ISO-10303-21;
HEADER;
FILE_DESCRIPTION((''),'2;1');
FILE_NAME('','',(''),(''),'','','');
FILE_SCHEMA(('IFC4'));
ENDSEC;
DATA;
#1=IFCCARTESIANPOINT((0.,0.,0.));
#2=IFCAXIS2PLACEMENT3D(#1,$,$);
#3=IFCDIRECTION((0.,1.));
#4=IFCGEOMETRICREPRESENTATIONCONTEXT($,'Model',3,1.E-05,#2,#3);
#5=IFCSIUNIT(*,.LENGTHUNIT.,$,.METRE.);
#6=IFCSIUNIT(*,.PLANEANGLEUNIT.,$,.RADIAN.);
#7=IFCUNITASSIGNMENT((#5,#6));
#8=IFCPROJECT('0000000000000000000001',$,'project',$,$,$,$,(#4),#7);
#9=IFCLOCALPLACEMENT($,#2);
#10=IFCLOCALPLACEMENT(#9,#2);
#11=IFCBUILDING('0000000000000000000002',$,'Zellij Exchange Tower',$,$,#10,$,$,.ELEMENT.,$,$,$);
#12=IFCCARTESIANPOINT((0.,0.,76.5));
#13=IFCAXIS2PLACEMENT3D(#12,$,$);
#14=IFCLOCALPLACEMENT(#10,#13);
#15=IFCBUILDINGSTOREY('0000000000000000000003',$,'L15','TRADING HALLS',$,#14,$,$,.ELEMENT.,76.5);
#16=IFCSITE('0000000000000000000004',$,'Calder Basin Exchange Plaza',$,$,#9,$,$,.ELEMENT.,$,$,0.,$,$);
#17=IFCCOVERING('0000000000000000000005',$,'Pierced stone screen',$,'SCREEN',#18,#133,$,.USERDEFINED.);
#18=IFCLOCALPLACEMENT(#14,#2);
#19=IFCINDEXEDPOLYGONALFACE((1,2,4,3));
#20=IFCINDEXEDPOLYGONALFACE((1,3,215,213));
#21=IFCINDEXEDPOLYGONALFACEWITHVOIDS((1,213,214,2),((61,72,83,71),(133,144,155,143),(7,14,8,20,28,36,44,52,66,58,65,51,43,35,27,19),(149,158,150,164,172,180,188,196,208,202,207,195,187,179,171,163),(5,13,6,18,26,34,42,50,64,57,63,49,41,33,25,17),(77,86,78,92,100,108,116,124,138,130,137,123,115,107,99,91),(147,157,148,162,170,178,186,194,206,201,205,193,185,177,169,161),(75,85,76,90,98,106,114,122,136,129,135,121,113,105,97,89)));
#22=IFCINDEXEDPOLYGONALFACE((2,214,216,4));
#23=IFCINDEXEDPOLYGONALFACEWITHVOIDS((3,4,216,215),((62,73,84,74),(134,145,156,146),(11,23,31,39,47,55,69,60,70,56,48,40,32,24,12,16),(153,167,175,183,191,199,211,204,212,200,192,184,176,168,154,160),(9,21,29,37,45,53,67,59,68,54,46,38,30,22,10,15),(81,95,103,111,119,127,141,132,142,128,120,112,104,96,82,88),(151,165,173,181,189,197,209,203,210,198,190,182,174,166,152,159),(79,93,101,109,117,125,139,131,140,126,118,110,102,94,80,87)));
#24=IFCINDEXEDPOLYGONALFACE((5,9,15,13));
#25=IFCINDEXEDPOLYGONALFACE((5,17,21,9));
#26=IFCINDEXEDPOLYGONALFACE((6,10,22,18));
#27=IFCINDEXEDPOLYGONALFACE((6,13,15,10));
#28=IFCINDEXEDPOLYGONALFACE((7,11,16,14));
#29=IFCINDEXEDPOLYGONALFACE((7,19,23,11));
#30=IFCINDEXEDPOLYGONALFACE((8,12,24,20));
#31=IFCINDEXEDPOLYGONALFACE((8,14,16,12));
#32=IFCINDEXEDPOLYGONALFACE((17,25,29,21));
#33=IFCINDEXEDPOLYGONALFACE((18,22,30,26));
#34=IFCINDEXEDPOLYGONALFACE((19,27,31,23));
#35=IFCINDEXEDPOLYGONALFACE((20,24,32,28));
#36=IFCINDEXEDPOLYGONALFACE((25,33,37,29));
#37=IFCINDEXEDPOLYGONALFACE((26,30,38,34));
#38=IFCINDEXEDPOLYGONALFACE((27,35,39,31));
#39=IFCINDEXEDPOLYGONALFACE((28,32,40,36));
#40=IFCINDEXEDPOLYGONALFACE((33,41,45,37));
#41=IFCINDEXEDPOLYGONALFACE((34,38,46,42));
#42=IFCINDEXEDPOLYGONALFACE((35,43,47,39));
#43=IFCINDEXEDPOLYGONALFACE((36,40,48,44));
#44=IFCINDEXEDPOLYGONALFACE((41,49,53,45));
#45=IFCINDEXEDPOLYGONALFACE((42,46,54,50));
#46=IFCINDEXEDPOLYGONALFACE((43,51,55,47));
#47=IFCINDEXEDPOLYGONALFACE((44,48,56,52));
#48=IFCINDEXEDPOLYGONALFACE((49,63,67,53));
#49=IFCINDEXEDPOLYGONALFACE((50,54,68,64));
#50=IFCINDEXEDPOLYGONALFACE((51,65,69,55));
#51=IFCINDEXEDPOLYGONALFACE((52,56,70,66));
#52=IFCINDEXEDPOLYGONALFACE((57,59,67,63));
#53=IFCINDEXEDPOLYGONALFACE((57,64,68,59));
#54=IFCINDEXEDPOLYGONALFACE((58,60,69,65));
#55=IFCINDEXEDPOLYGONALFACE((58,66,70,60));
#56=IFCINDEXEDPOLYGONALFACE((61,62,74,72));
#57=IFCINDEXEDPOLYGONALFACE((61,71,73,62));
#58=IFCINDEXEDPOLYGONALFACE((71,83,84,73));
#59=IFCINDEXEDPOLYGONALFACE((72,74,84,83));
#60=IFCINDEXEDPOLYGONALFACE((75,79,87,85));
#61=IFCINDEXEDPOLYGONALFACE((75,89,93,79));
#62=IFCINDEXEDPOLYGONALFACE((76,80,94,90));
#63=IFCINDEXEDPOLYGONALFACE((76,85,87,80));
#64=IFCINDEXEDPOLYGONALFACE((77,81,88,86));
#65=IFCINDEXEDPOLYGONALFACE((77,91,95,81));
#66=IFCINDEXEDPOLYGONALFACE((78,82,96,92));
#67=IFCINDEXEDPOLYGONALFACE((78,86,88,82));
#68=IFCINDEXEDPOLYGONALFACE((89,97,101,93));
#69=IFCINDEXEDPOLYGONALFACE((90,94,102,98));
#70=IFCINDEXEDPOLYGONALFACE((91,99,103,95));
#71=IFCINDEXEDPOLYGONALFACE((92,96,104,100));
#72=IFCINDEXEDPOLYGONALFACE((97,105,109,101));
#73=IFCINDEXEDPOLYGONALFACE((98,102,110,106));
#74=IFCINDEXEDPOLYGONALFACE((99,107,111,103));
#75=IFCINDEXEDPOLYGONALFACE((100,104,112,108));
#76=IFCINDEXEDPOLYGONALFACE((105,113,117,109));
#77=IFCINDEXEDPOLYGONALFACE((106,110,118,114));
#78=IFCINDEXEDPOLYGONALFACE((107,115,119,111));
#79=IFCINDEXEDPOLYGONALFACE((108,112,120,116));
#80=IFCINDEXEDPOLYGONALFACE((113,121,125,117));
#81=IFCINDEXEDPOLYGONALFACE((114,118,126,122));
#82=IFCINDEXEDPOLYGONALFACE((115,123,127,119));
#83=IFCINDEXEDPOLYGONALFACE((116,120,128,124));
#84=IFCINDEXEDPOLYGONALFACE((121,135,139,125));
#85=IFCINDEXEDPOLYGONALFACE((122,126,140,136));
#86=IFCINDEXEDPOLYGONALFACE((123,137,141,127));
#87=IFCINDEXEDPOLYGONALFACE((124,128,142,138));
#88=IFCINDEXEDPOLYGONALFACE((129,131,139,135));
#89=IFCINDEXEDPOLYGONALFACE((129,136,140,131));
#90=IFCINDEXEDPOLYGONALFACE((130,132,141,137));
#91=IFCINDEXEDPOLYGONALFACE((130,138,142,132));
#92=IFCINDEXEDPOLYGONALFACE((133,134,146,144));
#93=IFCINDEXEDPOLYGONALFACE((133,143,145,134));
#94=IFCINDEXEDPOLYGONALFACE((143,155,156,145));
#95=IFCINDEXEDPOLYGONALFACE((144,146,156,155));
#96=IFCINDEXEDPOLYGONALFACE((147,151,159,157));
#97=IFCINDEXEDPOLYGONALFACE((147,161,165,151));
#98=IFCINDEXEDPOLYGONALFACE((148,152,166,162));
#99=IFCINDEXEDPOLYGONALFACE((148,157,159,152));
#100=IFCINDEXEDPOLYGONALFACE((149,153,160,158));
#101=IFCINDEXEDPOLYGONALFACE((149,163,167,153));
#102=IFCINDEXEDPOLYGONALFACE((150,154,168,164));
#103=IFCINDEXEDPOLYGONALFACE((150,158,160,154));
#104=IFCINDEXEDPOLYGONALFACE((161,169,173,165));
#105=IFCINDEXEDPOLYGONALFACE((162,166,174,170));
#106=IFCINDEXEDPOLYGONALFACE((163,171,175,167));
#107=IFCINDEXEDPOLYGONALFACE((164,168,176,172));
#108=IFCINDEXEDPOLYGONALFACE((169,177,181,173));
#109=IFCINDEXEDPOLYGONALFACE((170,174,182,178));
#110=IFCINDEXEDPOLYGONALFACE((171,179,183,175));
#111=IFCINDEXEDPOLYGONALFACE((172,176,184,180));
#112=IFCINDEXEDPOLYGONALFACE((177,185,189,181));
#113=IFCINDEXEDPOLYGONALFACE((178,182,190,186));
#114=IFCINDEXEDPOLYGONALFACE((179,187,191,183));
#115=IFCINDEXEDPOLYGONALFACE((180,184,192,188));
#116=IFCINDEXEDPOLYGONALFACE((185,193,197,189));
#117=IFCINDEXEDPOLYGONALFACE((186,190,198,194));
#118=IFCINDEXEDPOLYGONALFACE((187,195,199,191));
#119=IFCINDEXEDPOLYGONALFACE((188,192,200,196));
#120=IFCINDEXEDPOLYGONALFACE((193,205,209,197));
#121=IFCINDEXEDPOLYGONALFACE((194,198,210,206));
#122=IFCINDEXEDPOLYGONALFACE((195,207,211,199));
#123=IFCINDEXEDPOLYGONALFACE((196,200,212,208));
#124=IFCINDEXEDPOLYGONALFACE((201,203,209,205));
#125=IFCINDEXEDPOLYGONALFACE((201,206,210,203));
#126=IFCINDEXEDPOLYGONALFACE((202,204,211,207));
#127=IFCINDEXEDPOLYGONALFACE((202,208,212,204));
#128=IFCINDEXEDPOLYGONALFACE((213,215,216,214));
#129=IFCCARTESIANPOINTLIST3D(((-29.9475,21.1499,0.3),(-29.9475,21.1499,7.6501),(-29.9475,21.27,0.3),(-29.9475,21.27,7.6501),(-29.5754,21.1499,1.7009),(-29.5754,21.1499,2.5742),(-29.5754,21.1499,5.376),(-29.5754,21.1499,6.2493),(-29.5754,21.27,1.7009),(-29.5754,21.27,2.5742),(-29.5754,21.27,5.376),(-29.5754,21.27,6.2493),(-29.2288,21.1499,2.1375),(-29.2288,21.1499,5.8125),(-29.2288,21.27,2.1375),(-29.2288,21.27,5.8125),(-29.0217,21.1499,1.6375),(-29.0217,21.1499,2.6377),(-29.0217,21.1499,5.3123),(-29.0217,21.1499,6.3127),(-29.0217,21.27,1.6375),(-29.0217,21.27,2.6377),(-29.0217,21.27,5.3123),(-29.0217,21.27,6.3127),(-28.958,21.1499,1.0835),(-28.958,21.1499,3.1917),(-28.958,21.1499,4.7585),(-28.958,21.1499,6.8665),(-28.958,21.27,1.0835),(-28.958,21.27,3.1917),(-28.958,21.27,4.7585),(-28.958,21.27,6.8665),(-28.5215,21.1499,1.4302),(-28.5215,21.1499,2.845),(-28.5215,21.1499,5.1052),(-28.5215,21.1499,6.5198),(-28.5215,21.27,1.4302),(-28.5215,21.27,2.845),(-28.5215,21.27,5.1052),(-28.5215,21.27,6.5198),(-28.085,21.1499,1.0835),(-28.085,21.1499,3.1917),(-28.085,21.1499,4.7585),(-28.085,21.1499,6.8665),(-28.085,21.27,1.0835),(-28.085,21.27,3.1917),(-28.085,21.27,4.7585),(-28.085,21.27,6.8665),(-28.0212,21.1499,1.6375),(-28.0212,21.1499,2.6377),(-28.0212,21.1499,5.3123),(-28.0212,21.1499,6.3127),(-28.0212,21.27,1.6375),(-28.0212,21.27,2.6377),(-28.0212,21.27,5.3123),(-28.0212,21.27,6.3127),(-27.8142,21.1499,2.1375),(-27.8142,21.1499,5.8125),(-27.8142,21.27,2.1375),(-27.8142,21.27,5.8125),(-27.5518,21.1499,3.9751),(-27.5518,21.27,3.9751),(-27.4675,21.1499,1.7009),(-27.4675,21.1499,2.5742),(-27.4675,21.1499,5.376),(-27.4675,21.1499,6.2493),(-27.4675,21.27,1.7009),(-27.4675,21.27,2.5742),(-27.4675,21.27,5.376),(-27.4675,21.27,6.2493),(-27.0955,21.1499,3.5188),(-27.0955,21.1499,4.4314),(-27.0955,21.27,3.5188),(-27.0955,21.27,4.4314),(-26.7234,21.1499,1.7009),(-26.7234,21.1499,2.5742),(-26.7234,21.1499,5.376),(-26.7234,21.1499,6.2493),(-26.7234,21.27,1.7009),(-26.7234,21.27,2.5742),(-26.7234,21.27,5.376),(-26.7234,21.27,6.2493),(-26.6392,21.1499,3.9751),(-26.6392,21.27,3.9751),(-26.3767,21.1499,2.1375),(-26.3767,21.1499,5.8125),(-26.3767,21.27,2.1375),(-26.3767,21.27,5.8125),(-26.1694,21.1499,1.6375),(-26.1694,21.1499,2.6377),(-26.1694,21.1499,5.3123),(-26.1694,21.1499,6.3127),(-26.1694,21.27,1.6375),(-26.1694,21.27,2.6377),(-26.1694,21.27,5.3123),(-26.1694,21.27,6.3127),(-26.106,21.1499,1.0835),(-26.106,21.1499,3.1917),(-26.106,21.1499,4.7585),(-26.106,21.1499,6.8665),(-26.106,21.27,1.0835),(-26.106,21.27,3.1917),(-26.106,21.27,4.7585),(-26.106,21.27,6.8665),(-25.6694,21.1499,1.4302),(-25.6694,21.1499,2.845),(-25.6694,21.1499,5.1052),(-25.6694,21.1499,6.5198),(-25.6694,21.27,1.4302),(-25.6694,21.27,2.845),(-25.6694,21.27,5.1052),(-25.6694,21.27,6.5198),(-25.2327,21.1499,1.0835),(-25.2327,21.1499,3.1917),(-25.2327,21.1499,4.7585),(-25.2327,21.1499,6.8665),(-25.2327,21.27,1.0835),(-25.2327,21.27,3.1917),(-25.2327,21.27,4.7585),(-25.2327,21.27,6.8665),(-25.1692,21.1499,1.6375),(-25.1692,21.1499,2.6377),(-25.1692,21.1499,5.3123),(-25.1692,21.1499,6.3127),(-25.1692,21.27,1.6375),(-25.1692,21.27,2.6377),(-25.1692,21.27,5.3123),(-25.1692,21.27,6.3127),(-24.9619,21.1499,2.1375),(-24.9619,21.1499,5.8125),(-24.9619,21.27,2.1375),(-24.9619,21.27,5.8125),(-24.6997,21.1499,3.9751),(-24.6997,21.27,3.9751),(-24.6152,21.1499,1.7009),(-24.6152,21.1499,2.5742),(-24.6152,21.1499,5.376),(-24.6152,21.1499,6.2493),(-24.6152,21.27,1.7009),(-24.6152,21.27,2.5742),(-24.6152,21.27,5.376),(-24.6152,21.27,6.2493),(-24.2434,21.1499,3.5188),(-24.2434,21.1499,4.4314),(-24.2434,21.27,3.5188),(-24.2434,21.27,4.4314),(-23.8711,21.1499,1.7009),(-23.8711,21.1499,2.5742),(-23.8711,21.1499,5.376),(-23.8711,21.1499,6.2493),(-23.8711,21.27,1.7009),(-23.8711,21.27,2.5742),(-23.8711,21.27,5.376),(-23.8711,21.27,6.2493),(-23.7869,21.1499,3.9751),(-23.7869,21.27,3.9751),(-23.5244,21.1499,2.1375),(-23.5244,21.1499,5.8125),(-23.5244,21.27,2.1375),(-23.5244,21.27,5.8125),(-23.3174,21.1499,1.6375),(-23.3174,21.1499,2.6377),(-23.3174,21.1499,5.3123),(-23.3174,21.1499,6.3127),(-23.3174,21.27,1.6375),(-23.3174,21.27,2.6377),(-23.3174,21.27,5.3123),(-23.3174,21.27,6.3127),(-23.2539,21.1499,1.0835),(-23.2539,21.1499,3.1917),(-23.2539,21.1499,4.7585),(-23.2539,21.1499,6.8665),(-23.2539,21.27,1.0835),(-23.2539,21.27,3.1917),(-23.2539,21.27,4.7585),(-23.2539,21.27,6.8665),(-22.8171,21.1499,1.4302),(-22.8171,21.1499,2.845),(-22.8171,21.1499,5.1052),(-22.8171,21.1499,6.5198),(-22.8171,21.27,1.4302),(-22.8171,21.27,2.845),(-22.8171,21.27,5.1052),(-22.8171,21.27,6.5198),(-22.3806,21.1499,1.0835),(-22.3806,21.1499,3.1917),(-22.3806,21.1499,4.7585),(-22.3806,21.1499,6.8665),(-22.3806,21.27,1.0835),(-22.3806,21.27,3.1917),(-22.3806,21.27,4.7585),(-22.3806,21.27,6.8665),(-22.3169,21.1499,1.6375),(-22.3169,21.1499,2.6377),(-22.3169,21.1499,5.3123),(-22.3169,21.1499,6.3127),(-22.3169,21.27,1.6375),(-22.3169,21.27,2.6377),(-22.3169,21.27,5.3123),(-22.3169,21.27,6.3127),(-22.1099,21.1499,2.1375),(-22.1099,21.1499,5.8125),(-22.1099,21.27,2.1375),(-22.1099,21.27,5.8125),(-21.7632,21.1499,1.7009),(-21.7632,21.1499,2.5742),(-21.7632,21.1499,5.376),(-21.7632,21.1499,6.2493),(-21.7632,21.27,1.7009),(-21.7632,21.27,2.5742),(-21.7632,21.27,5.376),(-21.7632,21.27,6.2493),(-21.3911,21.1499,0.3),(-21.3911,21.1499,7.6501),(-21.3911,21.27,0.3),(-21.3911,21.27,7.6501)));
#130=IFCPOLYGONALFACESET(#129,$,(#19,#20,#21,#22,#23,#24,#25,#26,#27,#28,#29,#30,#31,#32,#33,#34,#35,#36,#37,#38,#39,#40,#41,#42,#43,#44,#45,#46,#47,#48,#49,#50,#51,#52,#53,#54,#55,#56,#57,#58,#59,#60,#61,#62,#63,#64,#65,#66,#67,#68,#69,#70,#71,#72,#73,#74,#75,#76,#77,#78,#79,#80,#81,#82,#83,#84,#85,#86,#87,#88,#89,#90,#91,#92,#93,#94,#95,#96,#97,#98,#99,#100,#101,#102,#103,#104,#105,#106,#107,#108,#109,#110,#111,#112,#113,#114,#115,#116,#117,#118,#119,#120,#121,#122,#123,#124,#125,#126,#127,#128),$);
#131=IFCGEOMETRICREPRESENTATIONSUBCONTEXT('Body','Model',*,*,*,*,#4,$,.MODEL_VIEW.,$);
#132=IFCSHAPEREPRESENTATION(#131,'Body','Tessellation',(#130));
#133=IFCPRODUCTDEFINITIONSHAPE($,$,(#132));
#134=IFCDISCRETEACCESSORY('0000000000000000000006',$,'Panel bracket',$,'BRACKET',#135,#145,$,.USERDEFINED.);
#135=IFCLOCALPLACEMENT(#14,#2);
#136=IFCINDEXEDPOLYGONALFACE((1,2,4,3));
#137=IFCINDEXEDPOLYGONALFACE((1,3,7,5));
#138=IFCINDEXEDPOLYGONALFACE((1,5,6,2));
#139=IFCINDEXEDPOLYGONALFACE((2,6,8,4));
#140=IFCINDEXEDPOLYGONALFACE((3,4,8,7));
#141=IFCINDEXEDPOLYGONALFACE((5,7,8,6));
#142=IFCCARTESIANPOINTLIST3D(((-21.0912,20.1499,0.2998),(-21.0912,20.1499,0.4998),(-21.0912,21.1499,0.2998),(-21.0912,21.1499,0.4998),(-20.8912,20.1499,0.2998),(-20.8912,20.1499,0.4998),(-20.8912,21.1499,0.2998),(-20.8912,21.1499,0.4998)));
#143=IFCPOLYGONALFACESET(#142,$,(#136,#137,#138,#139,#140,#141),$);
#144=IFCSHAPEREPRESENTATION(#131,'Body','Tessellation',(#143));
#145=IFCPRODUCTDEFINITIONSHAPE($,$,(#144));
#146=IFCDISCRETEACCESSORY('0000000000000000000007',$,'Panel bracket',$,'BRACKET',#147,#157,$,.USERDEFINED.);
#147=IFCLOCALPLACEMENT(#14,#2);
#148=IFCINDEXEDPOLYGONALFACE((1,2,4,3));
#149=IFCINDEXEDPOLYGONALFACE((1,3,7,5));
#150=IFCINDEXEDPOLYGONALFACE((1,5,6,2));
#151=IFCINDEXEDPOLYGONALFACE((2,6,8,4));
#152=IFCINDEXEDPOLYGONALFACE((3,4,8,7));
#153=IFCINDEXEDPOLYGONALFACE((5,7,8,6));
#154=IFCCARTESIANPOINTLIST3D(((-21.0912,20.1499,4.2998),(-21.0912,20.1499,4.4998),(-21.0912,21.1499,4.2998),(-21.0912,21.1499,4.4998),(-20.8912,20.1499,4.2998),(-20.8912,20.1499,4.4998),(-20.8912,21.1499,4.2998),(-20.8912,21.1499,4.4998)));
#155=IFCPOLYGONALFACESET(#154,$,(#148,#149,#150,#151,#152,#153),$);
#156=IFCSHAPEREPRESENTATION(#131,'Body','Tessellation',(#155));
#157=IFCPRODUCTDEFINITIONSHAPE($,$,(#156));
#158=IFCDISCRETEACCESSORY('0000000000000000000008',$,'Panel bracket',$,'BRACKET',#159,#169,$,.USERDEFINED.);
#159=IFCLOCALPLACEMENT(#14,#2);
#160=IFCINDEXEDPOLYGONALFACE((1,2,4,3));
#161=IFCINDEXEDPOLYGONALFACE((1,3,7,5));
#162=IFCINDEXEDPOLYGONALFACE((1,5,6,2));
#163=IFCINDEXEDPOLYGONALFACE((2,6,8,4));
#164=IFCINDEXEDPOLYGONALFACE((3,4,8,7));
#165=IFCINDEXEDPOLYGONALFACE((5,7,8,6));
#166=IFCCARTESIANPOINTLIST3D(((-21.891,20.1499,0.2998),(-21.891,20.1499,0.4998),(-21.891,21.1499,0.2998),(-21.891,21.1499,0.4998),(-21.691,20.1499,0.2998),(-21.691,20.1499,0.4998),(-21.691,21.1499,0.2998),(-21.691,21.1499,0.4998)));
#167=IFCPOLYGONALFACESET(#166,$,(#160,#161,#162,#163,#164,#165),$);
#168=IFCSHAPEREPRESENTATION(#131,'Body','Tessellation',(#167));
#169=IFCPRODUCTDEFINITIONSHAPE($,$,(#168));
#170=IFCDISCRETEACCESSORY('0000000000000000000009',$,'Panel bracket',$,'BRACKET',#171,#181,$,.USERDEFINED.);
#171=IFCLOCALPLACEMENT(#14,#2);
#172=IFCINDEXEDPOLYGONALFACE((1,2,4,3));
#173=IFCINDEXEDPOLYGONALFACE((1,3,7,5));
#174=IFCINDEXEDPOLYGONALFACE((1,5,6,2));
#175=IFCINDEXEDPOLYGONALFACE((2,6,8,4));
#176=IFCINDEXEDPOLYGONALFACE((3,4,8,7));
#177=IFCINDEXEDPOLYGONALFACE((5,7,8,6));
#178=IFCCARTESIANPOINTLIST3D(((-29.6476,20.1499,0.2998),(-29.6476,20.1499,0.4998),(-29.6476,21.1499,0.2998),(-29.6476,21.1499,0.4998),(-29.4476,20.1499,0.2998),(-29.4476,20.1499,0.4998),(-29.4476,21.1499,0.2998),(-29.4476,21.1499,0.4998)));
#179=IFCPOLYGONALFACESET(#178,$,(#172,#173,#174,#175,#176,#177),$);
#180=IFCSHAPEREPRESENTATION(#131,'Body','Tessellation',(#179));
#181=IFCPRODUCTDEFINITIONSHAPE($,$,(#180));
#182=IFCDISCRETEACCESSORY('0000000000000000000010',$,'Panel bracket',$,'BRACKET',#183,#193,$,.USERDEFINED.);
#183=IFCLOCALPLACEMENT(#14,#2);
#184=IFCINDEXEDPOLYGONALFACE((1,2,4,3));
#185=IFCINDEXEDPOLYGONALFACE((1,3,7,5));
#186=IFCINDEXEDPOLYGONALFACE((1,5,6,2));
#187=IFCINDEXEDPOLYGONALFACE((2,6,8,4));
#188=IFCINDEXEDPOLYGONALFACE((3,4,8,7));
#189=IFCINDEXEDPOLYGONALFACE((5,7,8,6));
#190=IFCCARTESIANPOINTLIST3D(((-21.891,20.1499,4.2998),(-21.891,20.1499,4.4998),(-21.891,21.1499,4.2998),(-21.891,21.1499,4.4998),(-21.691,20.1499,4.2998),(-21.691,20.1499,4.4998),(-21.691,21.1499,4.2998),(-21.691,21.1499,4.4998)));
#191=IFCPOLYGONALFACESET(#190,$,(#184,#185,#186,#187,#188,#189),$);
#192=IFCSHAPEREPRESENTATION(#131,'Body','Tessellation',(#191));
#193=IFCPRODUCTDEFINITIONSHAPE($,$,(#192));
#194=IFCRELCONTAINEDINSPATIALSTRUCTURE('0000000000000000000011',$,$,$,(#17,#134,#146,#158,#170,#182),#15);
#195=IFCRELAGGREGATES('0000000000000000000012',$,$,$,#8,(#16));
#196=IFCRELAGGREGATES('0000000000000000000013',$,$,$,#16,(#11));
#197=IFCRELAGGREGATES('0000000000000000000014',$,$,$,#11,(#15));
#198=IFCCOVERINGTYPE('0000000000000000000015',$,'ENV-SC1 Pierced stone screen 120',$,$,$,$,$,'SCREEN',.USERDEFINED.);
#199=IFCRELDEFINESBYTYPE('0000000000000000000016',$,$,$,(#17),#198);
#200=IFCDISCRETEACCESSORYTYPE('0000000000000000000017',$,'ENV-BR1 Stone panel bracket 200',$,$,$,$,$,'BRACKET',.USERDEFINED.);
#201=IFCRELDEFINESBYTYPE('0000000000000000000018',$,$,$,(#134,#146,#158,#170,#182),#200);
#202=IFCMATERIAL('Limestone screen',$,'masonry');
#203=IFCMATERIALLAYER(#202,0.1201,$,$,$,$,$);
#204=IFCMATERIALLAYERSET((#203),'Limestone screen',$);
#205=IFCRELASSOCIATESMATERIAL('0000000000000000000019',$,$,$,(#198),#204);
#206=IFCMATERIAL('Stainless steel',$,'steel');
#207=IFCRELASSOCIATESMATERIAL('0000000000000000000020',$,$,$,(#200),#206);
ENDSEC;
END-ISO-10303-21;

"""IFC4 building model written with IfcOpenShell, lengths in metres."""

from ifc_helpers import new_model, si_unit, direction, frame, origin, origin_2d, place, context, subcontext, project, spatial, polyline, rectangle, outline, extrude, material, layer, layer_set, type_object, element, save


model = new_model("IFC4")

# Units and contexts
model_context = context("Model", 3, precision=1e-05, world=origin(), true_north=direction((0.0, 1.0)))
body_context = subcontext(model_context, "Body", "Model", "MODEL_VIEW")
ifc_project = project(units=[si_unit("LENGTHUNIT", "METRE"), si_unit("PLANEANGLEUNIT", "RADIAN")], contexts=[model_context])

# Site, building, storey
site_placement = place(None, origin())
site = spatial("IfcSite", under=ifc_project, at=site_placement, Name="Calder Basin Exchange Plaza", CompositionType="ELEMENT", RefElevation=0.0)
building_placement = place(site_placement, origin())
building = spatial("IfcBuilding", under=site, at=building_placement, Name="Zellij Exchange Tower", CompositionType="ELEMENT")
storey_placement = place(building_placement, frame((0.0, 0.0, 76.5)))
storey = spatial("IfcBuildingStorey", under=building, at=storey_placement, Name="L15", Description="TRADING HALLS", CompositionType="ELEMENT", Elevation=76.5)

# Covering
ifc_material_1 = material(Name="Limestone screen", Category="masonry")
ifc_layer_1 = layer(ifc_material_1, 0.1201)
ifc_layer_set_1 = layer_set([ifc_layer_1], Name="Limestone screen")
covering_type = type_object("IfcCoveringType", Name="ENV-SC1 Pierced stone screen 120", ElementType="SCREEN", PredefinedType="USERDEFINED", material=ifc_layer_set_1)
covering_placement = place(storey_placement, frame((-21.3911, 21.21, 0.3), z_axis=(0.0, 0.0, 1.0), x_axis=(-1.0, 0.0, 0.0)))
element("IfcCovering", 1, at=covering_placement, inside=storey, type_object=covering_type, Name="Pierced stone screen", ObjectType="SCREEN", PredefinedType="USERDEFINED", context=body_context, shape_type="SweptSolid", body=[
    extrude(outline(polyline([(0.0, 0.0), (8.5564, 0.0), (8.5564, 7.3501), (0.0, 7.3501), (0.0, 0.0)]), holes=[polyline([(2.48, 2.2742), (1.9263, 2.3376), (1.8628, 2.8916), (1.426, 2.5449), (0.9895, 2.8916), (0.9258, 2.3376), (0.3721, 2.2742), (0.7188, 1.8374), (0.3721, 1.4009), (0.9258, 1.3374), (0.9895, 0.7834), (1.426, 1.1301), (1.8628, 0.7834), (1.9263, 1.3374), (2.48, 1.4009), (2.1333, 1.8374), (2.48, 2.2742)]), polyline([(2.48, 5.9492), (1.9263, 6.0127), (1.8628, 6.5664), (1.426, 6.2197), (0.9895, 6.5664), (0.9258, 6.0127), (0.3721, 5.9492), (0.7188, 5.5125), (0.3721, 5.0759), (0.9258, 5.0122), (0.9895, 4.4585), (1.426, 4.8052), (1.8628, 4.4585), (1.9263, 5.0122), (2.48, 5.0759), (2.1333, 5.5125), (2.48, 5.9492)]), polyline([(5.3323, 2.2742), (4.7783, 2.3376), (4.7148, 2.8916), (4.2783, 2.5449), (3.8416, 2.8916), (3.7781, 2.3376), (3.2241, 2.2742), (3.5708, 1.8374), (3.2241, 1.4009), (3.7781, 1.3374), (3.8416, 0.7834), (4.2783, 1.1301), (4.7148, 0.7834), (4.7783, 1.3374), (5.3323, 1.4009), (4.9856, 1.8374), (5.3323, 2.2742)]), polyline([(5.3323, 5.9492), (4.7783, 6.0127), (4.7148, 6.5664), (4.2783, 6.2197), (3.8416, 6.5664), (3.7781, 6.0127), (3.2241, 5.9492), (3.5708, 5.5125), (3.2241, 5.0759), (3.7781, 5.0122), (3.8416, 4.4585), (4.2783, 4.8052), (4.7148, 4.4585), (4.7783, 5.0122), (5.3323, 5.0759), (4.9856, 5.5125), (5.3323, 5.9492)]), polyline([(8.1843, 2.2742), (7.6306, 2.3376), (7.5669, 2.8916), (7.1304, 2.5449), (6.6938, 2.8916), (6.6301, 2.3376), (6.0764, 2.2742), (6.4231, 1.8374), (6.0764, 1.4009), (6.6301, 1.3374), (6.6938, 0.7834), (7.1304, 1.1301), (7.5669, 0.7834), (7.6306, 1.3374), (8.1843, 1.4009), (7.8376, 1.8374), (8.1843, 2.2742)]), polyline([(8.1843, 5.9492), (7.6306, 6.0127), (7.5669, 6.5664), (7.1304, 6.2197), (6.6938, 6.5664), (6.6301, 6.0127), (6.0764, 5.9492), (6.4231, 5.5125), (6.0764, 5.0759), (6.6301, 5.0122), (6.6938, 4.4585), (7.1304, 4.8052), (7.5669, 4.4585), (7.6306, 5.0122), (8.1843, 5.0759), (7.8376, 5.5125), (8.1843, 5.9492)]), polyline([(3.3086, 3.675), (2.8523, 4.1313), (2.3958, 3.675), (2.8523, 3.2188), (3.3086, 3.675)]), polyline([(6.1606, 3.675), (5.7043, 4.1313), (5.248, 3.675), (5.7043, 3.2188), (6.1606, 3.675)])]), frame((0.0, 0.0601, 0.0), z_axis=(0.0, -1.0, 0.0), x_axis=(1.0, 0.0, 0.0)), (0.0, 0.0, 1.0), 0.1201),
])

# Discrete accessories
ifc_material_2 = material(Name="Stainless steel", Category="steel")
discrete_accessory_type = type_object("IfcDiscreteAccessoryType", Name="ENV-BR1 Stone panel bracket 200", ElementType="BRACKET", PredefinedType="USERDEFINED", material=ifc_material_2)
for number, where, z_axis, x_axis, name in (
    (2, (-20.9912, 20.6499, 0.2998), (0.0, 0.0, 1.0), (-1.0, 0.0, 0.0), "Panel bracket"),
    (3, (-20.9912, 20.6499, 4.2998), (0.0, 0.0, 1.0), (-1.0, 0.0, 0.0), "Panel bracket"),
    (4, (-21.791, 20.6499, 0.2998), (0.0, 0.0, 1.0), (-1.0, 0.0, 0.0), "Panel bracket"),
    (5, (-29.5476, 20.6499, 0.2998), (0.0, 0.0, 1.0), (-1.0, 0.0, 0.0), "Panel bracket"),
    (6, (-21.791, 20.6499, 4.2998), (0.0, 0.0, 1.0), (-1.0, 0.0, 0.0), "Panel bracket"),
):
    element("IfcDiscreteAccessory", number, at=place(storey_placement, frame(where, z_axis=z_axis, x_axis=x_axis)), inside=storey, type_object=discrete_accessory_type, Name=name, ObjectType="BRACKET", PredefinedType="USERDEFINED", context=body_context, shape_type="SweptSolid", body=[
        extrude(rectangle(XDim=0.2, YDim=1.0, at=origin_2d()), origin(), (0.0, 0.0, 1.0), 0.2),
    ])

save(model, "model.ifc")
